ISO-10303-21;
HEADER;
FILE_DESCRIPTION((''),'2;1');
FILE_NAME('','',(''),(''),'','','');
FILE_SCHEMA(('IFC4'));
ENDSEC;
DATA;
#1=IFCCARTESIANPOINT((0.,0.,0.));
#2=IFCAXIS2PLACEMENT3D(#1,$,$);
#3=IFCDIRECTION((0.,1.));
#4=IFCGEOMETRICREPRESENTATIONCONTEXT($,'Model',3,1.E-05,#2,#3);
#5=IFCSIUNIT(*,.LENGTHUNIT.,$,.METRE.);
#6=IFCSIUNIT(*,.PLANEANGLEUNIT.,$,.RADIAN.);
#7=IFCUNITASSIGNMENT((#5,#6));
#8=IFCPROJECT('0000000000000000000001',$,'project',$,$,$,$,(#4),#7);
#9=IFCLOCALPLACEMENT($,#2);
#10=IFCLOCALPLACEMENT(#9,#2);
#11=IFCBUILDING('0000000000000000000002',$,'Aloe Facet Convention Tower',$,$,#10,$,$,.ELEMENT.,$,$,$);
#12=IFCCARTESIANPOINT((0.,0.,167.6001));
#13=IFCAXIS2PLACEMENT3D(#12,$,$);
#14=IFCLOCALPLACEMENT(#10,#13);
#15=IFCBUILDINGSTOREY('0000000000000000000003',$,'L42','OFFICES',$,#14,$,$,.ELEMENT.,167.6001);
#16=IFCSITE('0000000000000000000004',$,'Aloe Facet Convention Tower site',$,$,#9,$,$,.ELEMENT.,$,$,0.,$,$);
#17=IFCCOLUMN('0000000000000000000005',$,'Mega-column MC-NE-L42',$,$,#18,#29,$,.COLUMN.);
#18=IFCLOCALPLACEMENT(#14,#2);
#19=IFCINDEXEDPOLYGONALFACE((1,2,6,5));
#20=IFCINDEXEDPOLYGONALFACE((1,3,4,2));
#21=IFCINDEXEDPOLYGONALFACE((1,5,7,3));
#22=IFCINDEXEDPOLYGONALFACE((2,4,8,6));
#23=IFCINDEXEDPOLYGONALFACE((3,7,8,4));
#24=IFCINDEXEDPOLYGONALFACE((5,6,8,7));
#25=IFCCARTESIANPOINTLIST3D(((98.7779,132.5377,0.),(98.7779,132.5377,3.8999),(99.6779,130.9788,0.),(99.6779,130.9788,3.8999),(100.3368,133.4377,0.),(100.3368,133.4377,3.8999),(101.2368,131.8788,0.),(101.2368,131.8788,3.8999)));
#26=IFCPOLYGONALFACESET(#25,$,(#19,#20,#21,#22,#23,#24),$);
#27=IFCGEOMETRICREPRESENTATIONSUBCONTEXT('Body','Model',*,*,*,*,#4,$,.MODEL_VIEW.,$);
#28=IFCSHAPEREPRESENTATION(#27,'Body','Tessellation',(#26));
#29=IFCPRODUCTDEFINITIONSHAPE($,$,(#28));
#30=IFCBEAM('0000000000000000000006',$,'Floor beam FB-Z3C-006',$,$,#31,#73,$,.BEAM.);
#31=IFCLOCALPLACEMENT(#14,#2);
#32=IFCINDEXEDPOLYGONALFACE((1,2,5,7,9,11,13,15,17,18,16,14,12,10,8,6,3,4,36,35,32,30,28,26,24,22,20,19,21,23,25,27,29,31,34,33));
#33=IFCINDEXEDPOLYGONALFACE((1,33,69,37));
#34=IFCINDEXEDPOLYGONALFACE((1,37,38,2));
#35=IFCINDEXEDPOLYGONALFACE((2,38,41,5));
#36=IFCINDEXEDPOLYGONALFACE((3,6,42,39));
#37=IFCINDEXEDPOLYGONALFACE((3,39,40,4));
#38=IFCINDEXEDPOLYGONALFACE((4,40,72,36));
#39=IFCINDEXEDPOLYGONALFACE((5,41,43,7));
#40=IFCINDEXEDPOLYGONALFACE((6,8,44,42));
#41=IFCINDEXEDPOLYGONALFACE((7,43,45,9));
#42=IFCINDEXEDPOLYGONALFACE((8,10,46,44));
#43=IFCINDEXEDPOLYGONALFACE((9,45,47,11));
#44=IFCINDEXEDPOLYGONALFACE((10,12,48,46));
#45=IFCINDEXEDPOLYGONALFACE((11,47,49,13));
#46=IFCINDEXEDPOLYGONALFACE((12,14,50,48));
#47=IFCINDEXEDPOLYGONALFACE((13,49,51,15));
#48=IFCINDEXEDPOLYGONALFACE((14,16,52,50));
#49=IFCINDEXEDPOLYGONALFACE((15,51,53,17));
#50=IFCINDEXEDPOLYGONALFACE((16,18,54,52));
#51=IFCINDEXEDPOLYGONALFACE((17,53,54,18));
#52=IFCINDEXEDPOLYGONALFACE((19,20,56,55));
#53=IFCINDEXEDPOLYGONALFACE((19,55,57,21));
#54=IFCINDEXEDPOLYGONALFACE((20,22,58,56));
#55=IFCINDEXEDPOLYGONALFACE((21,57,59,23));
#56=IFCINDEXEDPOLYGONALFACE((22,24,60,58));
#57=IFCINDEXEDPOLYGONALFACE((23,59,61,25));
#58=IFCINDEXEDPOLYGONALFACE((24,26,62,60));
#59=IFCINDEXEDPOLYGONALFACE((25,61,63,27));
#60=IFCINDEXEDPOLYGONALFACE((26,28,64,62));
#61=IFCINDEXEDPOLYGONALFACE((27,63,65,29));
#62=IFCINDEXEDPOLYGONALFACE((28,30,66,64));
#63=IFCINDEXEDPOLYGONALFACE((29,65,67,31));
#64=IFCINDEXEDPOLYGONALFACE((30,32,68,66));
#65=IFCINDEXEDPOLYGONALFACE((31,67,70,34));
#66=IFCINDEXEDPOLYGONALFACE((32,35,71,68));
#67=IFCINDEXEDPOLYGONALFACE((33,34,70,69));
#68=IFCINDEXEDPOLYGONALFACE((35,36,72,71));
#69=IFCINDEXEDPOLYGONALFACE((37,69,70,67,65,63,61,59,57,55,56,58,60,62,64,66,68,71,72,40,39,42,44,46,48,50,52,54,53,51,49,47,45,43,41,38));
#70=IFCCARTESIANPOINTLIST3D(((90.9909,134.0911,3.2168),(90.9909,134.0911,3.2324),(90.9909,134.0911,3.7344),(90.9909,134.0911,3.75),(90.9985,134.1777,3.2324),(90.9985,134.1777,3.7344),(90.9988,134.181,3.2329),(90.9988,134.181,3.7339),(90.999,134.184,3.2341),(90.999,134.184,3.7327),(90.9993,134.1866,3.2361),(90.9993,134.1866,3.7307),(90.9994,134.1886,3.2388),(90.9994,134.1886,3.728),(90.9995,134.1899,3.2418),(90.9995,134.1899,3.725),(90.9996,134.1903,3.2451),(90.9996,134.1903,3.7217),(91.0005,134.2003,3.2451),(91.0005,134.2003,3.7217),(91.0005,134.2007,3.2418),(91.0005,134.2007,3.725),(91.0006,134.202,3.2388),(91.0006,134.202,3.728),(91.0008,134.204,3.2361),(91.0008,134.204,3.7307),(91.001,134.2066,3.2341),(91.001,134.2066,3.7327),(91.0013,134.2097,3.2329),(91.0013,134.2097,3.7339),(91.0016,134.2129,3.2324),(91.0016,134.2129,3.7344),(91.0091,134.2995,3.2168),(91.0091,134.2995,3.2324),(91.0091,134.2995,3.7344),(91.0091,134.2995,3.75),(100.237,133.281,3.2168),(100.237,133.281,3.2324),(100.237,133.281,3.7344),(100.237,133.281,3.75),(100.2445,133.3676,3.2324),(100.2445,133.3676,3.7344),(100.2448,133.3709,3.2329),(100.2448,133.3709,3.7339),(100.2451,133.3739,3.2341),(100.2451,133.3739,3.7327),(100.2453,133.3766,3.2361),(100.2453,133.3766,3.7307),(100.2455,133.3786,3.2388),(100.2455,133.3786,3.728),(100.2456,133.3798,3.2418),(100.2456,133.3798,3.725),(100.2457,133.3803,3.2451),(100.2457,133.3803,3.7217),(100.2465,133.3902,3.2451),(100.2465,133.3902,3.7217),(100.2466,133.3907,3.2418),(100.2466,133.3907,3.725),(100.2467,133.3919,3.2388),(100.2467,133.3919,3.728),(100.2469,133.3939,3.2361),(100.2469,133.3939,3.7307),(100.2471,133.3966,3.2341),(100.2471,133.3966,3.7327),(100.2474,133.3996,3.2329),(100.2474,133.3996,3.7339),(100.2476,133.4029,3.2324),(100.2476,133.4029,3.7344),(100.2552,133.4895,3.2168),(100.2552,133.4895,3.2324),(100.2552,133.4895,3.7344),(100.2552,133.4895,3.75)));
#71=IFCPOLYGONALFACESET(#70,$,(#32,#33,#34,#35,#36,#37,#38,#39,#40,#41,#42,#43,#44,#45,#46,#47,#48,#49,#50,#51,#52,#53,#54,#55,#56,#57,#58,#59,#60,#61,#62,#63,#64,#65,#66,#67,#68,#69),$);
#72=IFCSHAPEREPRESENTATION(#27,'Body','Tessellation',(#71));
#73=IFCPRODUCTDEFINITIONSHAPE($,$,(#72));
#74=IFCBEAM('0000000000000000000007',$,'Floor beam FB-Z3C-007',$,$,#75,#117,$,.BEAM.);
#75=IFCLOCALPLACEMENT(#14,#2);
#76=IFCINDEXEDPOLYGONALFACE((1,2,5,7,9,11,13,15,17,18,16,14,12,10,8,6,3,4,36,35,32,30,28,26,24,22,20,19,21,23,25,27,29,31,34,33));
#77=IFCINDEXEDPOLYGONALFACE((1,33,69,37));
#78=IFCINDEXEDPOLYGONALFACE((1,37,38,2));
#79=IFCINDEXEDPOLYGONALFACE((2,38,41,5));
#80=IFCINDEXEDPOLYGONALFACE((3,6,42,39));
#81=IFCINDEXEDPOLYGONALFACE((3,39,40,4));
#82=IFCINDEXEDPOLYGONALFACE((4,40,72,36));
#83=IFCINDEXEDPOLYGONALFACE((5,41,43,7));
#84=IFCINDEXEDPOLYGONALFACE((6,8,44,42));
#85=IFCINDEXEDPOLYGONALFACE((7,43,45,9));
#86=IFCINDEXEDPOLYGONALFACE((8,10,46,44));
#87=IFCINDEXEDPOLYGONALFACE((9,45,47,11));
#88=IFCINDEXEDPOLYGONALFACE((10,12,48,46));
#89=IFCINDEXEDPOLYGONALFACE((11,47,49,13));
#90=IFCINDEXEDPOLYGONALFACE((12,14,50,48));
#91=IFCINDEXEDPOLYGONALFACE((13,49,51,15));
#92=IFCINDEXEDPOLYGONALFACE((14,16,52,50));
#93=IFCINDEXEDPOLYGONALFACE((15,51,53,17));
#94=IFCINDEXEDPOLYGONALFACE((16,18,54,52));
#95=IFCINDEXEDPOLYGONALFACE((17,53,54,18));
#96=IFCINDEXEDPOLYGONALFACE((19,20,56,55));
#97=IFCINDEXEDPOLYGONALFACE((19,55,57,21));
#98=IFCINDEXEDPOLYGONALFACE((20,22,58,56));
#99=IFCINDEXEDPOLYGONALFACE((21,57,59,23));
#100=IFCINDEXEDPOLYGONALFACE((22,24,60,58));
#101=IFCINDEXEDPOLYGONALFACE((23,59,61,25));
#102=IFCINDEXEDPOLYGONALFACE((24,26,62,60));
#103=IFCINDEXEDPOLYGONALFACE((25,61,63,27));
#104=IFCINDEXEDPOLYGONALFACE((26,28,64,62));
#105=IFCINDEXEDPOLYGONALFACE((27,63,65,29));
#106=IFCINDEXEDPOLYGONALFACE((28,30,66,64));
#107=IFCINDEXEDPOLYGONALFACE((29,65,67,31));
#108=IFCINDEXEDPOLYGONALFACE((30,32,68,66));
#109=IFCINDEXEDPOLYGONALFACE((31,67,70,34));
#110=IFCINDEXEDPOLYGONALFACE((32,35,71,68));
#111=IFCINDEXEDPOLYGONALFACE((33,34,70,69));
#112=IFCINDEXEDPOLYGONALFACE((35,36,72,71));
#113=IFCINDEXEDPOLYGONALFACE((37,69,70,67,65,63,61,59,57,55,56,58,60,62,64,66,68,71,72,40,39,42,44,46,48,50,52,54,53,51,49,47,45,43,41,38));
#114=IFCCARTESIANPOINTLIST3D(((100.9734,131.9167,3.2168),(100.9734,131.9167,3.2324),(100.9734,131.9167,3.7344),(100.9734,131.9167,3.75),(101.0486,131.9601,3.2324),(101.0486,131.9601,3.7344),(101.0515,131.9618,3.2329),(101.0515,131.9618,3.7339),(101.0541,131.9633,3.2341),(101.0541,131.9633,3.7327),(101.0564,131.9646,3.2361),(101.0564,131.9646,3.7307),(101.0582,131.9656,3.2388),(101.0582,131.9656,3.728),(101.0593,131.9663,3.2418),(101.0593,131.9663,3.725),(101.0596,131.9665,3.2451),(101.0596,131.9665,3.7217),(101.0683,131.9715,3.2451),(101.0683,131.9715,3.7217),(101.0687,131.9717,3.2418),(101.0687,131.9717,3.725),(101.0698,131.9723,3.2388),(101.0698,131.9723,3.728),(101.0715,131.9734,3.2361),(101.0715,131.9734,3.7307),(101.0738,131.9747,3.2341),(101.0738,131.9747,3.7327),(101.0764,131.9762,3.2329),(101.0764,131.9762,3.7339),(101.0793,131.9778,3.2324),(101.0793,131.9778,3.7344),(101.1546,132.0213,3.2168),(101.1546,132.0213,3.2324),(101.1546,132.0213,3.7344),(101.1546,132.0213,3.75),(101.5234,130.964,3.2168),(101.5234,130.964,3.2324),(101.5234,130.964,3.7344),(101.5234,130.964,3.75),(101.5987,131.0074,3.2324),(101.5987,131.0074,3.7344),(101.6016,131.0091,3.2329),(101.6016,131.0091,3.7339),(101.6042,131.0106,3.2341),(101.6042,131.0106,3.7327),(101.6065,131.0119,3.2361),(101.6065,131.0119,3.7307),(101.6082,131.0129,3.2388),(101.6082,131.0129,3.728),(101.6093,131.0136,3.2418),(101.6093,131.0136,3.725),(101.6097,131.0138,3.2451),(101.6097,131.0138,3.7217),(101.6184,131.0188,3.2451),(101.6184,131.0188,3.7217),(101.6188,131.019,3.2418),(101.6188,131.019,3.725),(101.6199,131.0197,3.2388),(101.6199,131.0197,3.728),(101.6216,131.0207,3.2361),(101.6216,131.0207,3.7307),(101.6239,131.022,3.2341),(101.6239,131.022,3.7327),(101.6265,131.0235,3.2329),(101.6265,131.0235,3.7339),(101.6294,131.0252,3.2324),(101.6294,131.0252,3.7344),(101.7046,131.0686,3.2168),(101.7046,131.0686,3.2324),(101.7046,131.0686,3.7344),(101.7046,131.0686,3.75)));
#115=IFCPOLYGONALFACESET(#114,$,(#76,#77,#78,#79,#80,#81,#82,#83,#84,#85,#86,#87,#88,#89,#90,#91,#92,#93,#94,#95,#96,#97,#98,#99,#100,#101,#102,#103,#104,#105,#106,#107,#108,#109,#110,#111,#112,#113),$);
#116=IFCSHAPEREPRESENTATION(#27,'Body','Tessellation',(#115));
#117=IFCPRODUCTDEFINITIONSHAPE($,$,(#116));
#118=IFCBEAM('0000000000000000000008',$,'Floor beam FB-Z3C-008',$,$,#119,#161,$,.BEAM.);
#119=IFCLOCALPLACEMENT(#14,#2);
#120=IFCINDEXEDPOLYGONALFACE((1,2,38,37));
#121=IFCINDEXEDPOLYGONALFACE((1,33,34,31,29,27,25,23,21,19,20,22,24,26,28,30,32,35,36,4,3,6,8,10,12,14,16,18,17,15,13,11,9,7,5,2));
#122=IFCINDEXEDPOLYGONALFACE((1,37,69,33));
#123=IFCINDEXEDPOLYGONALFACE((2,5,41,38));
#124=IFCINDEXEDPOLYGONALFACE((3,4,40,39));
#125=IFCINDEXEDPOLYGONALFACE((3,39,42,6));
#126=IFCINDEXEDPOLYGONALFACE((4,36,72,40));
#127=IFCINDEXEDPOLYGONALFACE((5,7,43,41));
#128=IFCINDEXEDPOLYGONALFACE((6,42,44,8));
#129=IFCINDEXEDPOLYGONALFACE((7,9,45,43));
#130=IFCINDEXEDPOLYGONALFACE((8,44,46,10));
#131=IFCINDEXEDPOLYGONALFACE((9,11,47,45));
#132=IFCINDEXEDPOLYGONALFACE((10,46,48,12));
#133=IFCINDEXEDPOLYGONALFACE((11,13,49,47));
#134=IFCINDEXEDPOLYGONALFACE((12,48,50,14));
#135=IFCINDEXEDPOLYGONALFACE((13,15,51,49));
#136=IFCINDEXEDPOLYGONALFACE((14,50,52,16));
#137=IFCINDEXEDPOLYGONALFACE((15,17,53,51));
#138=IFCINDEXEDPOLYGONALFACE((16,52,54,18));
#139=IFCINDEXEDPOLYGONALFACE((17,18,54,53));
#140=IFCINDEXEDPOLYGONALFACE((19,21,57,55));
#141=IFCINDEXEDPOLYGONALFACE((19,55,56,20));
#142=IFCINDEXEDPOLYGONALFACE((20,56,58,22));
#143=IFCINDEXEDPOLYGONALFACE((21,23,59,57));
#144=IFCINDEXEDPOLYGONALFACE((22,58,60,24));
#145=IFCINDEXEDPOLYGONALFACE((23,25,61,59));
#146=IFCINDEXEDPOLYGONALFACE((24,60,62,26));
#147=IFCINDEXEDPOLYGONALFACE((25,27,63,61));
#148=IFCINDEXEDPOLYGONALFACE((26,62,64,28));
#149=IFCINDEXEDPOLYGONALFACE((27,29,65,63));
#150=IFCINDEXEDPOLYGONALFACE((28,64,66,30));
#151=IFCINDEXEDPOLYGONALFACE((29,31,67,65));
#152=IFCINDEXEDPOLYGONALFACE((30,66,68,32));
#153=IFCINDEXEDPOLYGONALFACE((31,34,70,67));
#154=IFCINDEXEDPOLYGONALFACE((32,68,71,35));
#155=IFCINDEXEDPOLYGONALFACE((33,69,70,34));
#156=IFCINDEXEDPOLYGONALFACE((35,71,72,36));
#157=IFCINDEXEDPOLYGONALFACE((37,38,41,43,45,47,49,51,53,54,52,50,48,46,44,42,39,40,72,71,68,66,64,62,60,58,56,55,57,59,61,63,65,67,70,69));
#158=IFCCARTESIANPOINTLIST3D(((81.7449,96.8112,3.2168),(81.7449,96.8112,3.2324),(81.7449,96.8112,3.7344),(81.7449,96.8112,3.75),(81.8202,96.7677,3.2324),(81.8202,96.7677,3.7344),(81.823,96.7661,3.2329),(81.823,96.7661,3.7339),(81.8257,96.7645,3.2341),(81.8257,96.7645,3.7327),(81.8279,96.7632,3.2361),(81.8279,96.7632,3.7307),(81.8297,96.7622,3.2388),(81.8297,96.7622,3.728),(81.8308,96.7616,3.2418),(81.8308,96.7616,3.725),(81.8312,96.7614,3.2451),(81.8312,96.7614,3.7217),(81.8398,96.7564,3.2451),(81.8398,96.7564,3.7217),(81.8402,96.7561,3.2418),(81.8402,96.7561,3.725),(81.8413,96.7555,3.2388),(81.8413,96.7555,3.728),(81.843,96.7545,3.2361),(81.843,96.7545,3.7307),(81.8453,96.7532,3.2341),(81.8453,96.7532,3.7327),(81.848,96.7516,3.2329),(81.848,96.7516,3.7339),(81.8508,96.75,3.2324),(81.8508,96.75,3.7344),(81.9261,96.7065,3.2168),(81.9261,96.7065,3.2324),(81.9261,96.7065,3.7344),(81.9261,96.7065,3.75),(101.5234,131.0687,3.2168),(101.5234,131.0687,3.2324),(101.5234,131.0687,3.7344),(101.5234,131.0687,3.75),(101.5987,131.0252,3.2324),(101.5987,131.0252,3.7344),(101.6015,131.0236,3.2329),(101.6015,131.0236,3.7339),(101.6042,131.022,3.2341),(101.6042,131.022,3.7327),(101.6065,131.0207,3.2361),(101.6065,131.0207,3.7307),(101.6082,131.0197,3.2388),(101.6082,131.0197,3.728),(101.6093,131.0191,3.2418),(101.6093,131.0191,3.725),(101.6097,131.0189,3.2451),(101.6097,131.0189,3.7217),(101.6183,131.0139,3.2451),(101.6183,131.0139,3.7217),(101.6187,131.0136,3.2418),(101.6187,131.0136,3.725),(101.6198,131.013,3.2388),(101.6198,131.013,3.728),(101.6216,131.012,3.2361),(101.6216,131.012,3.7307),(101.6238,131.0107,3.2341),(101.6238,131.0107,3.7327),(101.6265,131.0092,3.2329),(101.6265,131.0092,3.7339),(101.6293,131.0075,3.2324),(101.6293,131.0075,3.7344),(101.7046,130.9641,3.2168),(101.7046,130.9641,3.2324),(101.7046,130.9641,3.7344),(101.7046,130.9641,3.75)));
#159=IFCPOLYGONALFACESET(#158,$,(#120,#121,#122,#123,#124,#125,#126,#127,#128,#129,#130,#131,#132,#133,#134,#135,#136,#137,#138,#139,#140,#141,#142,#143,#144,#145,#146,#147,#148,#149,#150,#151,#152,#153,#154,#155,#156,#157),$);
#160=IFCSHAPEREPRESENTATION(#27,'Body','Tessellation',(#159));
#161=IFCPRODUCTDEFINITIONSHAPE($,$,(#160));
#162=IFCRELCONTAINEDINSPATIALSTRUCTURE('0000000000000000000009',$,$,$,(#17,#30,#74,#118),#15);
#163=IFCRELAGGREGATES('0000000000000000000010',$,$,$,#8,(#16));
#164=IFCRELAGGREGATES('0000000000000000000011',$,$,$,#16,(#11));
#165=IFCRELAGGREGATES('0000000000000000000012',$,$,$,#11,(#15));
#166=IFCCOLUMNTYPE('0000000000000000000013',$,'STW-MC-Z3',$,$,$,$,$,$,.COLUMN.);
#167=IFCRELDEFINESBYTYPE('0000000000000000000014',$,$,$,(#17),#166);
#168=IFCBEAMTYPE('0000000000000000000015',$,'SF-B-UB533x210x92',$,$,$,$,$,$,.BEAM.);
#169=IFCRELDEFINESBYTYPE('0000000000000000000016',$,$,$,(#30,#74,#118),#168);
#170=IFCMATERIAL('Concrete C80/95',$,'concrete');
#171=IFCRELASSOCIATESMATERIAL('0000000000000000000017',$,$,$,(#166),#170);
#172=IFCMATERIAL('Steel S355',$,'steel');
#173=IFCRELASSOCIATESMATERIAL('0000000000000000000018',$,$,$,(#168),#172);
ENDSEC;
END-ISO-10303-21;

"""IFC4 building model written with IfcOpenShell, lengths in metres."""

from ifc_helpers import new_model, si_unit, direction, frame, origin, origin_2d, place, context, subcontext, project, spatial, rectangle, i_section, extrude, material, material_profile, profile_set, type_object, element, save


model = new_model("IFC4")

# Units and contexts
model_context = context("Model", 3, precision=1e-05, world=origin(), true_north=direction((0.0, 1.0)))
body_context = subcontext(model_context, "Body", "Model", "MODEL_VIEW")
ifc_project = project(units=[si_unit("LENGTHUNIT", "METRE"), si_unit("PLANEANGLEUNIT", "RADIAN")], contexts=[model_context])

# Site, building, storey
site_placement = place(None, origin())
site = spatial("IfcSite", under=ifc_project, at=site_placement, Name="Aloe Facet Convention Tower site", CompositionType="ELEMENT", RefElevation=0.0)
building_placement = place(site_placement, origin())
building = spatial("IfcBuilding", under=site, at=building_placement, Name="Aloe Facet Convention Tower", CompositionType="ELEMENT")
storey_placement = place(building_placement, frame((0.0, 0.0, 167.6001)))
storey = spatial("IfcBuildingStorey", under=building, at=storey_placement, Name="L42", Description="OFFICES", CompositionType="ELEMENT", Elevation=167.6001)

# Column
ifc_material_1 = material(Name="Concrete C80/95", Category="concrete")
ifc_material_profile_1 = material_profile(ifc_material_1, rectangle(XDim=1.8, YDim=1.8, at=origin_2d()), Name="STW-MC-Z3")
ifc_profile_set_1 = profile_set([ifc_material_profile_1], Name="Concrete C80/95")
column_type = type_object("IfcColumnType", Name="STW-MC-Z3", PredefinedType="COLUMN", material=ifc_profile_set_1)
column_placement = place(storey_placement, frame((100.0073, 132.2083, 0.0), z_axis=(0.0, 0.0, 1.0), x_axis=(-0.5, 0.866025, 0.0)))
element("IfcColumn", 1, at=column_placement, inside=storey, type_object=column_type, Name="Mega-column MC-NE-L42", PredefinedType="COLUMN", context=body_context, shape_type="SweptSolid", body=[
    extrude(rectangle(XDim=1.8, YDim=1.8, at=origin_2d()), origin(), (0.0, 0.0, 1.0), 3.8999),
])

# Beams
ifc_material_2 = material(Name="Steel S355", Category="steel")
ifc_material_profile_2 = material_profile(ifc_material_2, i_section(OverallWidth=0.2092, OverallDepth=0.5332, WebThickness=0.01, FlangeThickness=0.0156, FilletRadius=0.0127, at=origin_2d()), Name="UB 533x210x92")
ifc_profile_set_2 = profile_set([ifc_material_profile_2], Name="Steel S355")
beam_type_1 = type_object("IfcBeamType", Name="SF-B-UB533x210x92", PredefinedType="BEAM", material=ifc_profile_set_2)
beam_1_placement = place(storey_placement, frame((100.2461, 133.3853, 3.4834), z_axis=(-0.996184, 0.087277, 0.0), x_axis=(-0.087277, -0.996184, 0.0)))
element("IfcBeam", 2, at=beam_1_placement, inside=storey, type_object=beam_type_1, Name="Floor beam FB-Z3C-006", PredefinedType="BEAM", context=body_context, shape_type="SweptSolid", body=[
    extrude(i_section(OverallWidth=0.2092, OverallDepth=0.5332, WebThickness=0.01, FlangeThickness=0.0156, FilletRadius=0.0127, at=origin_2d()), origin(), (0.0, 0.0, 1.0), 9.2815),
])
beam_2_placement = place(storey_placement, frame((101.064, 131.969, 3.4834), z_axis=(0.50003, -0.866008, 0.0), x_axis=(0.866008, 0.50003, 0.0)))
element("IfcBeam", 3, at=beam_2_placement, inside=storey, type_object=beam_type_1, Name="Floor beam FB-Z3C-007", PredefinedType="BEAM", context=body_context, shape_type="SweptSolid", body=[
    extrude(i_section(OverallWidth=0.2092, OverallDepth=0.5332, WebThickness=0.01, FlangeThickness=0.0156, FilletRadius=0.0127, at=origin_2d()), origin(), (0.0, 0.0, 1.0), 1.1001),
])
beam_3_placement = place(storey_placement, frame((101.614, 131.0164, 3.4834), z_axis=(-0.499999, -0.866026, 0.0), x_axis=(0.866026, -0.499999, 0.0)))
element("IfcBeam", 4, at=beam_3_placement, inside=storey, type_object=beam_type_1, Name="Floor beam FB-Z3C-008", PredefinedType="BEAM", context=body_context, shape_type="SweptSolid", body=[
    extrude(i_section(OverallWidth=0.2092, OverallDepth=0.5332, WebThickness=0.01, FlangeThickness=0.0156, FilletRadius=0.0127, at=origin_2d()), origin(), (0.0, 0.0, 1.0), 39.5571),
])

save(model, "model.ifc")
